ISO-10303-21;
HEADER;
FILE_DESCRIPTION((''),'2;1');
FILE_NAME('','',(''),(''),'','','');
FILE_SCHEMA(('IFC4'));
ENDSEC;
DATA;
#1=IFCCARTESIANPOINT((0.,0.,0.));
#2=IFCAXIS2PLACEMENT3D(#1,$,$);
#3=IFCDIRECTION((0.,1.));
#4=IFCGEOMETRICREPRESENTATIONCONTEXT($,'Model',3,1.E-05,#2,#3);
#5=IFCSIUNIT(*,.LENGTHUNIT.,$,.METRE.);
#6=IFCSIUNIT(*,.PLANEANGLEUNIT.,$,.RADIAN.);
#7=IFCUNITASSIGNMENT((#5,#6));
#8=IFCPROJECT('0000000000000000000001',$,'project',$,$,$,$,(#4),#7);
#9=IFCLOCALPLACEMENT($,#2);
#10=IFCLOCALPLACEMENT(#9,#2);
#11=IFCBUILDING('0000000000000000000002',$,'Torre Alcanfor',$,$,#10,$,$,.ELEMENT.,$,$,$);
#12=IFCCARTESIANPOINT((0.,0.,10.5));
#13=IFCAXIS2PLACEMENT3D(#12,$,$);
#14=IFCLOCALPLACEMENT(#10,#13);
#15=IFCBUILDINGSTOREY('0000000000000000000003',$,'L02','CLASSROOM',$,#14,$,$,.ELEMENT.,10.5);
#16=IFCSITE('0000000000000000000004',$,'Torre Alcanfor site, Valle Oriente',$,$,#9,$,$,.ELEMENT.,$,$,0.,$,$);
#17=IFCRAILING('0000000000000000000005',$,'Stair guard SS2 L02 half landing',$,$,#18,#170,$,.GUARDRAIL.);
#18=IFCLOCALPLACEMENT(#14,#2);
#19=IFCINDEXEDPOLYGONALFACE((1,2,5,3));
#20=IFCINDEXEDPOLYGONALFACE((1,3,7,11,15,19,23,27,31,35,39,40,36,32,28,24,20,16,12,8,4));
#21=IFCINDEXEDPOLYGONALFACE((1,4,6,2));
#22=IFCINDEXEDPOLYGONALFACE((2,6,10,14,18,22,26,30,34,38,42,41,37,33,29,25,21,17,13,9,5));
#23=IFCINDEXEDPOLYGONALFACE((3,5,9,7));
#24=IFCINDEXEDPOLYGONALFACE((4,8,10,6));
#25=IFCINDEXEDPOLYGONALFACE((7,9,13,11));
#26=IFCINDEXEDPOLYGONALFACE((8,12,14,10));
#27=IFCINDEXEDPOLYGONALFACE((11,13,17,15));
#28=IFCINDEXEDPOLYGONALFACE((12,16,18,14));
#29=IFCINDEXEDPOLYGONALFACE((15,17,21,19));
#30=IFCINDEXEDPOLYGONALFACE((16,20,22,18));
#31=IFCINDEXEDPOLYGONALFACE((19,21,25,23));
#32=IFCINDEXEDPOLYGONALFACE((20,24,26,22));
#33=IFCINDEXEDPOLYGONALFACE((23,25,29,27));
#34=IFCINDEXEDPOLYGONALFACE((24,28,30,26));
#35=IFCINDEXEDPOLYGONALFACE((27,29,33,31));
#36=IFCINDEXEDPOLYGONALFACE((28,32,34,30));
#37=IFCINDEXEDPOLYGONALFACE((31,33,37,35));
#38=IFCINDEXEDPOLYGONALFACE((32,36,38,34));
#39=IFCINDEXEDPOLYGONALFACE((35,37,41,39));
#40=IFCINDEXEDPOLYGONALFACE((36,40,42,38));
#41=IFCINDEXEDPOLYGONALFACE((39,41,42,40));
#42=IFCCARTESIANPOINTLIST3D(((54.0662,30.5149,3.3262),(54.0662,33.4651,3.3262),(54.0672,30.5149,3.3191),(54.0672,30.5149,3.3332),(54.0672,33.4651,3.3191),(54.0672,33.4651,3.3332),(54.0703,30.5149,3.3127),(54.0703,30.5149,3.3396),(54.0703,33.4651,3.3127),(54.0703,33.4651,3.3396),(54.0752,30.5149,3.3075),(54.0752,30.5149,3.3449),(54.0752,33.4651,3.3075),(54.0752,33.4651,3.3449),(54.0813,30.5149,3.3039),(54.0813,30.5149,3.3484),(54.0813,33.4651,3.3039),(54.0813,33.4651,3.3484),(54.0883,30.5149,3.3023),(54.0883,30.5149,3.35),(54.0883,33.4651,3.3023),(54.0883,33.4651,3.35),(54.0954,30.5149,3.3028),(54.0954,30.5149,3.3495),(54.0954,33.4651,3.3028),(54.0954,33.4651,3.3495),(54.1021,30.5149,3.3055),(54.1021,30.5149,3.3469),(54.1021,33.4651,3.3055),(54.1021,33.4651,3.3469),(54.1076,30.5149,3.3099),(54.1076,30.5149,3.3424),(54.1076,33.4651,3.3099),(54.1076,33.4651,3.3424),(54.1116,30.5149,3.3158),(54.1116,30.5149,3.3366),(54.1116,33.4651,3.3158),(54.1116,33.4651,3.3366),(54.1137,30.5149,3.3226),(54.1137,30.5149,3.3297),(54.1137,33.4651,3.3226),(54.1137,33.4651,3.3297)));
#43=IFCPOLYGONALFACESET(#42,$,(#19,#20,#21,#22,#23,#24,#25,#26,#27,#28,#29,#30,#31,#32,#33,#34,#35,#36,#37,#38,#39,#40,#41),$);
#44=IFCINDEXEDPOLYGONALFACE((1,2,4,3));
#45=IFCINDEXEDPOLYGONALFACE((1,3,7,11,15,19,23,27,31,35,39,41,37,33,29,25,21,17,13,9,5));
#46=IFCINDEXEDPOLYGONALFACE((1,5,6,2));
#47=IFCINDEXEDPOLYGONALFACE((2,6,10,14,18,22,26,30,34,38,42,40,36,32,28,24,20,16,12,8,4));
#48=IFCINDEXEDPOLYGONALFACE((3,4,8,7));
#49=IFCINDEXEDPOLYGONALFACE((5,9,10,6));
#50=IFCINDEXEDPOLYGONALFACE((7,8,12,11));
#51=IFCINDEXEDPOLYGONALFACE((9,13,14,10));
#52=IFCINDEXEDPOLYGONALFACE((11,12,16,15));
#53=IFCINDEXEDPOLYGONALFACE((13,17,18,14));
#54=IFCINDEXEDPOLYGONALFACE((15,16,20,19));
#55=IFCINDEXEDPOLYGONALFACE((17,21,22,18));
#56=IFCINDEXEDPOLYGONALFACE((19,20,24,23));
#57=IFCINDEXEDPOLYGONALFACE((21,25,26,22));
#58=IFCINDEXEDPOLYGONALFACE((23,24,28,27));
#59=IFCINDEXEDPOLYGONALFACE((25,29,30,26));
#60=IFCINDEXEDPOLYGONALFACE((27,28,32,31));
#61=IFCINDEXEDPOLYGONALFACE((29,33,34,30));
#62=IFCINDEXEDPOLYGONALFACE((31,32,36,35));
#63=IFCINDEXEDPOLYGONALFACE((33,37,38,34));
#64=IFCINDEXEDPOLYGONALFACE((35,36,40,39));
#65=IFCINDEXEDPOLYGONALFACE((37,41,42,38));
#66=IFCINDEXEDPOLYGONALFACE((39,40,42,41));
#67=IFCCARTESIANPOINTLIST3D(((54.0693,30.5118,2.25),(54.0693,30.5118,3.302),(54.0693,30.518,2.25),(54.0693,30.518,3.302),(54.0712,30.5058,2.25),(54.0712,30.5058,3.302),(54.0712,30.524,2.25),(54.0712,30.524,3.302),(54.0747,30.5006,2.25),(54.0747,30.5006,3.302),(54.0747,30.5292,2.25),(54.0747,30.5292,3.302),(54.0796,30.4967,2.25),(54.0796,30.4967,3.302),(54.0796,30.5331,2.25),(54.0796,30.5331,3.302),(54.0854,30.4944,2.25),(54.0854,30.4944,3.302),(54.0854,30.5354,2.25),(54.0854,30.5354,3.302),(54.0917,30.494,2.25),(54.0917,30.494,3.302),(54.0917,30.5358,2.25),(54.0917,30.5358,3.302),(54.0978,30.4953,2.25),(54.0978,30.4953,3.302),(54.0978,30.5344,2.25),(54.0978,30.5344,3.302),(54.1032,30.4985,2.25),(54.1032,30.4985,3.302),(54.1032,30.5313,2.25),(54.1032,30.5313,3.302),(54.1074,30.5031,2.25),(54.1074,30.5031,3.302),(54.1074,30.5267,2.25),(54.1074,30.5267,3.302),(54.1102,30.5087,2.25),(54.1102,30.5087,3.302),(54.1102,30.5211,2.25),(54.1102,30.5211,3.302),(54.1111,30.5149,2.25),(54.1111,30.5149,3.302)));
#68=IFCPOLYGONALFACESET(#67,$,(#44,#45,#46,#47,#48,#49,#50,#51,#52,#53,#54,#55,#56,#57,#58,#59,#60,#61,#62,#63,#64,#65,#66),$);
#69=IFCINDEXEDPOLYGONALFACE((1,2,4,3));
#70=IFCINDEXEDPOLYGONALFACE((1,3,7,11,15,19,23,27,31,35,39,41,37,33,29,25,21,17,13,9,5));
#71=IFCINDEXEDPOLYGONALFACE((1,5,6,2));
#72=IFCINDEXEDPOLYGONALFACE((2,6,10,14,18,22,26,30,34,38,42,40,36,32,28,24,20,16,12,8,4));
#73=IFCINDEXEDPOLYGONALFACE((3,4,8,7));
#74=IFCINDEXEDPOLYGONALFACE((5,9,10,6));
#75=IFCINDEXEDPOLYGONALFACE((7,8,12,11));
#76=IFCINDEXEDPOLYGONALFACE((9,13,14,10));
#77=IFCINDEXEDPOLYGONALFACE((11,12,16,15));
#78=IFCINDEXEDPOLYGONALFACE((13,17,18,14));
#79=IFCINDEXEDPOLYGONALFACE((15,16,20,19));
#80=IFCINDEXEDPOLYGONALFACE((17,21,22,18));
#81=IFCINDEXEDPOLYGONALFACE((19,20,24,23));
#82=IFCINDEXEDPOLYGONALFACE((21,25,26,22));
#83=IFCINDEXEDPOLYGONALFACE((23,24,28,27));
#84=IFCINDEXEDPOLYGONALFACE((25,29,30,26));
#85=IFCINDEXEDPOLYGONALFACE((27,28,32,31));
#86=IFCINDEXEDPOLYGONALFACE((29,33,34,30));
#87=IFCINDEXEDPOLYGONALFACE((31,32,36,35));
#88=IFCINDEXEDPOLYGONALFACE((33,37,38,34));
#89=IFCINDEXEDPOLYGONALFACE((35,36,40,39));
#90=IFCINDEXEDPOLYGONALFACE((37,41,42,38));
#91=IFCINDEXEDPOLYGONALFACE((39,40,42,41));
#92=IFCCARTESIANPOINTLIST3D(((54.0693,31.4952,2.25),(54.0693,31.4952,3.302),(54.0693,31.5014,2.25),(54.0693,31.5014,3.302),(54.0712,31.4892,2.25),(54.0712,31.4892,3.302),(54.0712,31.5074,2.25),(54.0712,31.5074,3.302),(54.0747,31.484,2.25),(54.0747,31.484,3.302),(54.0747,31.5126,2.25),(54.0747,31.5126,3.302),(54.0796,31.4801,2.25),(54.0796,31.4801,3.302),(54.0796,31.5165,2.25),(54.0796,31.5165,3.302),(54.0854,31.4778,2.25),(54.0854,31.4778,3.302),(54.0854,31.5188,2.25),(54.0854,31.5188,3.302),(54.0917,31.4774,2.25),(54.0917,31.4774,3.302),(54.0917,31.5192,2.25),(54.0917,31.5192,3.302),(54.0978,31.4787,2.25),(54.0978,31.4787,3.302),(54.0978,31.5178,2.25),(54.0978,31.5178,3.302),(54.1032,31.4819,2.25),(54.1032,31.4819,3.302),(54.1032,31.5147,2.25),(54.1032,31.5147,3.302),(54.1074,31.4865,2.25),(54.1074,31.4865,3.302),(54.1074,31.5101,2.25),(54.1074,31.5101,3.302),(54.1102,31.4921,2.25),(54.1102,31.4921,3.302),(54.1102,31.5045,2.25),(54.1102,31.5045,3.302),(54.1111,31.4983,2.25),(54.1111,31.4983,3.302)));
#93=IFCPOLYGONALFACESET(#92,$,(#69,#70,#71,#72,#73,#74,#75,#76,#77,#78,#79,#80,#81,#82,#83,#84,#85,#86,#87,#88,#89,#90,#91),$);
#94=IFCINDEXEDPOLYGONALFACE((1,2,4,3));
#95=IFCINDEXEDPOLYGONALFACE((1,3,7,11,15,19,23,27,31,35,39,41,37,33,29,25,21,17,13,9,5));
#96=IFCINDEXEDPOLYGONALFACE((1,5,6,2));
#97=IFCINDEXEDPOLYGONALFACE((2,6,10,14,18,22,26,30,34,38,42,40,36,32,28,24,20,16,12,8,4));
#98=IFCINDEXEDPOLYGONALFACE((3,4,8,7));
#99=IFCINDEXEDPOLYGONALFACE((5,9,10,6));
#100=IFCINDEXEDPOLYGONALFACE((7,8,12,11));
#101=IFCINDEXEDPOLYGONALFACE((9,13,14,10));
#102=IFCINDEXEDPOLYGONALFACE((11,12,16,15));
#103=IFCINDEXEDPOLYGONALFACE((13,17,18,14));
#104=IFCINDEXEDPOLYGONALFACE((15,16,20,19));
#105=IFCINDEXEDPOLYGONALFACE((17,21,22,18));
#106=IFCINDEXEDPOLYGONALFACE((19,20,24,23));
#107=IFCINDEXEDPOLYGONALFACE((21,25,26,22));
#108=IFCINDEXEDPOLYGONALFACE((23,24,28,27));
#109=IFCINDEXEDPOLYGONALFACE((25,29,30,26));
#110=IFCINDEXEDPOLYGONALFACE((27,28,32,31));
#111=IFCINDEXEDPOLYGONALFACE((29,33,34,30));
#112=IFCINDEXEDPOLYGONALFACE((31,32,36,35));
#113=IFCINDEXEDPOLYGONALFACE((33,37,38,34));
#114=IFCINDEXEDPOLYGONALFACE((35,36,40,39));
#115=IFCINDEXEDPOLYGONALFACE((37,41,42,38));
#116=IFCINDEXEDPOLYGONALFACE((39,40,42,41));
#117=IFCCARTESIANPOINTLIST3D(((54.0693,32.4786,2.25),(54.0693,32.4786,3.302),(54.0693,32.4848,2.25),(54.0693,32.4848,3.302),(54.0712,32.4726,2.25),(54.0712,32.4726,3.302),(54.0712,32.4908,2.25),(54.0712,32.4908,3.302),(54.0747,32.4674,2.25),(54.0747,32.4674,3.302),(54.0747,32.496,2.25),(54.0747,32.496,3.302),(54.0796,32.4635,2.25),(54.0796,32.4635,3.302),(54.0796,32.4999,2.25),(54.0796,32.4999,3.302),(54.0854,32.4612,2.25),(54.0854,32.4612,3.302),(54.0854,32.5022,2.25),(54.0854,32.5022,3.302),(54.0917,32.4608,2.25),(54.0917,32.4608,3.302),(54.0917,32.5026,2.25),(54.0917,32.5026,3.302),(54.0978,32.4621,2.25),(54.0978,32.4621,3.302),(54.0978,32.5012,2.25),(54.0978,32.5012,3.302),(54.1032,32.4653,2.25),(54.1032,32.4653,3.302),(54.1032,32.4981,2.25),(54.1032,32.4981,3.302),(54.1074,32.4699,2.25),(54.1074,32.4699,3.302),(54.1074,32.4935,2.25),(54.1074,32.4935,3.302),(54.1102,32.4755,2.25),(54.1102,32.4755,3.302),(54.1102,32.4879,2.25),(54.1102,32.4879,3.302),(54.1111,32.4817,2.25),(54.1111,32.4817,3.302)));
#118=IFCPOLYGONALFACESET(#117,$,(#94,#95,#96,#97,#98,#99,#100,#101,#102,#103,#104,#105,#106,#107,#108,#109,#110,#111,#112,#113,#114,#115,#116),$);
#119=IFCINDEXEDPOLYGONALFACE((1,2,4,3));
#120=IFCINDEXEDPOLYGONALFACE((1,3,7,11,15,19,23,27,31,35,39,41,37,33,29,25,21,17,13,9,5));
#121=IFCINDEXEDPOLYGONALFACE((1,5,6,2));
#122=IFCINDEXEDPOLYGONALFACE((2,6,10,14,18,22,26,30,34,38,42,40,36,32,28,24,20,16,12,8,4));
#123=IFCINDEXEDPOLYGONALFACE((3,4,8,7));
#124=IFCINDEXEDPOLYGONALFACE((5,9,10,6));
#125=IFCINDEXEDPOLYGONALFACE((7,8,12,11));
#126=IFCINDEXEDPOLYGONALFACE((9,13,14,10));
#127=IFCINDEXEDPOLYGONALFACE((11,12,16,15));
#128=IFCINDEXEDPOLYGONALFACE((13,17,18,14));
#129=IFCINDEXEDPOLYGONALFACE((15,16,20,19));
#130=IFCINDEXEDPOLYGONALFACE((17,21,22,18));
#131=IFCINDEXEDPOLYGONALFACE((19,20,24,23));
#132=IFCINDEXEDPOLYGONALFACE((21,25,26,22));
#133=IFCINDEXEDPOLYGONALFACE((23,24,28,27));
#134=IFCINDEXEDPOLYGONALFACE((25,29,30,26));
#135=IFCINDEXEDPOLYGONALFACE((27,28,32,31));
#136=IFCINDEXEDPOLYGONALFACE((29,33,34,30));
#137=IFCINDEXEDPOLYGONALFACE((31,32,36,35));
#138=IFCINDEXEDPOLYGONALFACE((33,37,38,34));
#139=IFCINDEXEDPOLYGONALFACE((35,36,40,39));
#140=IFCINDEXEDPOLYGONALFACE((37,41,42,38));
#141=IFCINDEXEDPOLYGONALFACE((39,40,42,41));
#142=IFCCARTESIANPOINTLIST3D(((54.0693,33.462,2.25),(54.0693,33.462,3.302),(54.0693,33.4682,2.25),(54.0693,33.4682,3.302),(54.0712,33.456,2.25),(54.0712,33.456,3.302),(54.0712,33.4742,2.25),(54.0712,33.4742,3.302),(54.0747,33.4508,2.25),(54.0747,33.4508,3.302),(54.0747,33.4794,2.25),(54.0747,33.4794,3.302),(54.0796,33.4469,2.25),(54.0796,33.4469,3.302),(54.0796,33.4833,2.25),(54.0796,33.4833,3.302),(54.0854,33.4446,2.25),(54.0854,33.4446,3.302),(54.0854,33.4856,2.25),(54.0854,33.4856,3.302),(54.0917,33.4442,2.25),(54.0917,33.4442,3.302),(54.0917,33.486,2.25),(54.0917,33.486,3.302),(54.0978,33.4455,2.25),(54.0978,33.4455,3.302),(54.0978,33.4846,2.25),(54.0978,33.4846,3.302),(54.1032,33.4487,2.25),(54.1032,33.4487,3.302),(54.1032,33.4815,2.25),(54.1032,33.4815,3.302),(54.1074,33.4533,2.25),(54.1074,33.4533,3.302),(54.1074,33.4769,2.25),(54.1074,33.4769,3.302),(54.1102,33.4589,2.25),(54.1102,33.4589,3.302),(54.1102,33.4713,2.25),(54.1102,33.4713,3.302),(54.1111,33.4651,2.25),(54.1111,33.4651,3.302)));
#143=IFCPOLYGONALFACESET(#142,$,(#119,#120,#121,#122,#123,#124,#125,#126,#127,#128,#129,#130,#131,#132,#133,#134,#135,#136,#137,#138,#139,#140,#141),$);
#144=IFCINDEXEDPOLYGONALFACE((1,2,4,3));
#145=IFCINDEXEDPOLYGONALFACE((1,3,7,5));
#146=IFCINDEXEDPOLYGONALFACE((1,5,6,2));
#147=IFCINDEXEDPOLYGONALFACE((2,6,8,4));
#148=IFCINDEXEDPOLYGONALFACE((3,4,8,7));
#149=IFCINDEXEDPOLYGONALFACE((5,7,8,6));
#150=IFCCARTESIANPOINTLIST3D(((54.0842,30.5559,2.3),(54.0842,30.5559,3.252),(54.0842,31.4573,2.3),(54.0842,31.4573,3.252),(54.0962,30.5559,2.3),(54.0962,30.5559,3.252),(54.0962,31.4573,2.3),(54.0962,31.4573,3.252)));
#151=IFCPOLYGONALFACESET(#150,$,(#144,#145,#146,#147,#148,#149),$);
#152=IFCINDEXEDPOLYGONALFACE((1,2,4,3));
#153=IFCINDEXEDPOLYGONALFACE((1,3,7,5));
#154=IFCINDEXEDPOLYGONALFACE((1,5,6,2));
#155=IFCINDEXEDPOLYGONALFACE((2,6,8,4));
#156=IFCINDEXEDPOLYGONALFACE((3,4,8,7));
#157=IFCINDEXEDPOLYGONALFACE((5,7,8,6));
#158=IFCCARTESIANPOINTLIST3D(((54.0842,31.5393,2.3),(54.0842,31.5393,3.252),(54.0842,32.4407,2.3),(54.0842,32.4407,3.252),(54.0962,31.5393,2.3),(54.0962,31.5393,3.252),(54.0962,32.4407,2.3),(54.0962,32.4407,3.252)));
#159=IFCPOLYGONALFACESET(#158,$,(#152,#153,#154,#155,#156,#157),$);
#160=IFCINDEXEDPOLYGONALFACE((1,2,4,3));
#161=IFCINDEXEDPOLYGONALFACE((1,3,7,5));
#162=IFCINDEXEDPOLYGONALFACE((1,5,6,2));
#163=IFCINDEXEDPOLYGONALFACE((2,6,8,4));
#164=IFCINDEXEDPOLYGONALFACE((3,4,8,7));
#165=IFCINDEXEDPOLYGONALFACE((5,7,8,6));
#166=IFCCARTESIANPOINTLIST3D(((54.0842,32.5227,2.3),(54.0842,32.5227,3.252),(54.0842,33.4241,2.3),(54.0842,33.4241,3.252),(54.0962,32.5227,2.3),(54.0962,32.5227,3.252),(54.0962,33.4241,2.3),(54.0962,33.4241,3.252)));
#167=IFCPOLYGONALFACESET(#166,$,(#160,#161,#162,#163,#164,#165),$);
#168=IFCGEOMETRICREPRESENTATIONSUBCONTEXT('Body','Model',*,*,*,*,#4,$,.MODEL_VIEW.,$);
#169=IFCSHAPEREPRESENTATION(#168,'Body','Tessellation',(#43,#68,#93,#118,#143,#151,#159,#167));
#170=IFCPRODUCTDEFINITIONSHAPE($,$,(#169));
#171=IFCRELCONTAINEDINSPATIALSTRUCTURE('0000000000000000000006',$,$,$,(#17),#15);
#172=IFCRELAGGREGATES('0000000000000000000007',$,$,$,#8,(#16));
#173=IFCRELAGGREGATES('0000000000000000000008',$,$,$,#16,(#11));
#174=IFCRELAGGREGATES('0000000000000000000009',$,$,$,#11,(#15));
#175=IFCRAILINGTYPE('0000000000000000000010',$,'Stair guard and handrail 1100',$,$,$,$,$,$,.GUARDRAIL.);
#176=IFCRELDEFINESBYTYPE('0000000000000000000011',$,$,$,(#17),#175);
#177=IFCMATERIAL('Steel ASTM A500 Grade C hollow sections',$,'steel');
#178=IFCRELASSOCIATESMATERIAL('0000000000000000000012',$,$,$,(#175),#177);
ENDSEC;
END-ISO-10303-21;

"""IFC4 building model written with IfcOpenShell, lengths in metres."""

from ifc_helpers import new_model, si_unit, direction, frame, origin, origin_2d, place, context, subcontext, project, spatial, polyline, circle, outline, extrude, material, type_object, element, save


model = new_model("IFC4")

# Units and contexts
model_context = context("Model", 3, precision=1e-05, world=origin(), true_north=direction((0.0, 1.0)))
body_context = subcontext(model_context, "Body", "Model", "MODEL_VIEW")
ifc_project = project(units=[si_unit("LENGTHUNIT", "METRE"), si_unit("PLANEANGLEUNIT", "RADIAN")], contexts=[model_context])

# Site, building, storey
site_placement = place(None, origin())
site = spatial("IfcSite", under=ifc_project, at=site_placement, Name="Torre Alcanfor site, Valle Oriente", CompositionType="ELEMENT", RefElevation=0.0)
building_placement = place(site_placement, origin())
building = spatial("IfcBuilding", under=site, at=building_placement, Name="Torre Alcanfor", CompositionType="ELEMENT")
storey_placement = place(building_placement, frame((0.0, 0.0, 10.5)))
storey = spatial("IfcBuildingStorey", under=building, at=storey_placement, Name="L02", Description="CLASSROOM", CompositionType="ELEMENT", Elevation=10.5)

# Railing
ifc_material_1 = material(Name="Steel ASTM A500 Grade C hollow sections", Category="steel")
railing_type_1 = type_object("IfcRailingType", Name="Stair guard and handrail 1100", PredefinedType="GUARDRAIL", material=ifc_material_1)
railing_1_placement = place(storey_placement, frame((54.0901, 30.5149, 2.25)))
element("IfcRailing", 1, at=railing_1_placement, inside=storey, type_object=railing_type_1, Name="Stair guard SS2 L02 half landing", PredefinedType="GUARDRAIL", context=body_context, shape_type="SweptSolid", body=[
    extrude(circle(Radius=0.0239, at=origin_2d()), frame((0.0, 0.0, 1.0762), z_axis=(0.0, 1.0, 0.0), x_axis=(-1.0, 0.0, 0.0)), (0.0, 0.0, 1.0), 2.9502),
    extrude(circle(Radius=0.021, at=origin_2d()), origin(), (0.0, 0.0, 1.0), 1.052),
    extrude(circle(Radius=0.021, at=origin_2d()), frame((0.0, 0.9834, 0.0)), (0.0, 0.0, 1.0), 1.052),
    extrude(circle(Radius=0.021, at=origin_2d()), frame((0.0, 1.9668, 0.0)), (0.0, 0.0, 1.0), 1.052),
    extrude(circle(Radius=0.021, at=origin_2d()), frame((0.0, 2.9502, 0.0)), (0.0, 0.0, 1.0), 1.052),
    extrude(outline(polyline([(0.041, 0.05), (0.9424, 0.05), (0.9424, 1.002), (0.041, 1.002), (0.041, 0.05)])), frame((-0.0059, 0.0, 0.0), z_axis=(1.0, 0.0, 0.0), x_axis=(0.0, 1.0, 0.0)), (0.0, 0.0, 1.0), 0.012),
    extrude(outline(polyline([(1.0244, 0.05), (1.9258, 0.05), (1.9258, 1.002), (1.0244, 1.002), (1.0244, 0.05)])), frame((-0.0059, 0.0, 0.0), z_axis=(1.0, 0.0, 0.0), x_axis=(0.0, 1.0, 0.0)), (0.0, 0.0, 1.0), 0.012),
    extrude(outline(polyline([(2.0078, 0.05), (2.9092, 0.05), (2.9092, 1.002), (2.0078, 1.002), (2.0078, 0.05)])), frame((-0.0059, 0.0, 0.0), z_axis=(1.0, 0.0, 0.0), x_axis=(0.0, 1.0, 0.0)), (0.0, 0.0, 1.0), 0.012),
])

save(model, "model.ifc")
